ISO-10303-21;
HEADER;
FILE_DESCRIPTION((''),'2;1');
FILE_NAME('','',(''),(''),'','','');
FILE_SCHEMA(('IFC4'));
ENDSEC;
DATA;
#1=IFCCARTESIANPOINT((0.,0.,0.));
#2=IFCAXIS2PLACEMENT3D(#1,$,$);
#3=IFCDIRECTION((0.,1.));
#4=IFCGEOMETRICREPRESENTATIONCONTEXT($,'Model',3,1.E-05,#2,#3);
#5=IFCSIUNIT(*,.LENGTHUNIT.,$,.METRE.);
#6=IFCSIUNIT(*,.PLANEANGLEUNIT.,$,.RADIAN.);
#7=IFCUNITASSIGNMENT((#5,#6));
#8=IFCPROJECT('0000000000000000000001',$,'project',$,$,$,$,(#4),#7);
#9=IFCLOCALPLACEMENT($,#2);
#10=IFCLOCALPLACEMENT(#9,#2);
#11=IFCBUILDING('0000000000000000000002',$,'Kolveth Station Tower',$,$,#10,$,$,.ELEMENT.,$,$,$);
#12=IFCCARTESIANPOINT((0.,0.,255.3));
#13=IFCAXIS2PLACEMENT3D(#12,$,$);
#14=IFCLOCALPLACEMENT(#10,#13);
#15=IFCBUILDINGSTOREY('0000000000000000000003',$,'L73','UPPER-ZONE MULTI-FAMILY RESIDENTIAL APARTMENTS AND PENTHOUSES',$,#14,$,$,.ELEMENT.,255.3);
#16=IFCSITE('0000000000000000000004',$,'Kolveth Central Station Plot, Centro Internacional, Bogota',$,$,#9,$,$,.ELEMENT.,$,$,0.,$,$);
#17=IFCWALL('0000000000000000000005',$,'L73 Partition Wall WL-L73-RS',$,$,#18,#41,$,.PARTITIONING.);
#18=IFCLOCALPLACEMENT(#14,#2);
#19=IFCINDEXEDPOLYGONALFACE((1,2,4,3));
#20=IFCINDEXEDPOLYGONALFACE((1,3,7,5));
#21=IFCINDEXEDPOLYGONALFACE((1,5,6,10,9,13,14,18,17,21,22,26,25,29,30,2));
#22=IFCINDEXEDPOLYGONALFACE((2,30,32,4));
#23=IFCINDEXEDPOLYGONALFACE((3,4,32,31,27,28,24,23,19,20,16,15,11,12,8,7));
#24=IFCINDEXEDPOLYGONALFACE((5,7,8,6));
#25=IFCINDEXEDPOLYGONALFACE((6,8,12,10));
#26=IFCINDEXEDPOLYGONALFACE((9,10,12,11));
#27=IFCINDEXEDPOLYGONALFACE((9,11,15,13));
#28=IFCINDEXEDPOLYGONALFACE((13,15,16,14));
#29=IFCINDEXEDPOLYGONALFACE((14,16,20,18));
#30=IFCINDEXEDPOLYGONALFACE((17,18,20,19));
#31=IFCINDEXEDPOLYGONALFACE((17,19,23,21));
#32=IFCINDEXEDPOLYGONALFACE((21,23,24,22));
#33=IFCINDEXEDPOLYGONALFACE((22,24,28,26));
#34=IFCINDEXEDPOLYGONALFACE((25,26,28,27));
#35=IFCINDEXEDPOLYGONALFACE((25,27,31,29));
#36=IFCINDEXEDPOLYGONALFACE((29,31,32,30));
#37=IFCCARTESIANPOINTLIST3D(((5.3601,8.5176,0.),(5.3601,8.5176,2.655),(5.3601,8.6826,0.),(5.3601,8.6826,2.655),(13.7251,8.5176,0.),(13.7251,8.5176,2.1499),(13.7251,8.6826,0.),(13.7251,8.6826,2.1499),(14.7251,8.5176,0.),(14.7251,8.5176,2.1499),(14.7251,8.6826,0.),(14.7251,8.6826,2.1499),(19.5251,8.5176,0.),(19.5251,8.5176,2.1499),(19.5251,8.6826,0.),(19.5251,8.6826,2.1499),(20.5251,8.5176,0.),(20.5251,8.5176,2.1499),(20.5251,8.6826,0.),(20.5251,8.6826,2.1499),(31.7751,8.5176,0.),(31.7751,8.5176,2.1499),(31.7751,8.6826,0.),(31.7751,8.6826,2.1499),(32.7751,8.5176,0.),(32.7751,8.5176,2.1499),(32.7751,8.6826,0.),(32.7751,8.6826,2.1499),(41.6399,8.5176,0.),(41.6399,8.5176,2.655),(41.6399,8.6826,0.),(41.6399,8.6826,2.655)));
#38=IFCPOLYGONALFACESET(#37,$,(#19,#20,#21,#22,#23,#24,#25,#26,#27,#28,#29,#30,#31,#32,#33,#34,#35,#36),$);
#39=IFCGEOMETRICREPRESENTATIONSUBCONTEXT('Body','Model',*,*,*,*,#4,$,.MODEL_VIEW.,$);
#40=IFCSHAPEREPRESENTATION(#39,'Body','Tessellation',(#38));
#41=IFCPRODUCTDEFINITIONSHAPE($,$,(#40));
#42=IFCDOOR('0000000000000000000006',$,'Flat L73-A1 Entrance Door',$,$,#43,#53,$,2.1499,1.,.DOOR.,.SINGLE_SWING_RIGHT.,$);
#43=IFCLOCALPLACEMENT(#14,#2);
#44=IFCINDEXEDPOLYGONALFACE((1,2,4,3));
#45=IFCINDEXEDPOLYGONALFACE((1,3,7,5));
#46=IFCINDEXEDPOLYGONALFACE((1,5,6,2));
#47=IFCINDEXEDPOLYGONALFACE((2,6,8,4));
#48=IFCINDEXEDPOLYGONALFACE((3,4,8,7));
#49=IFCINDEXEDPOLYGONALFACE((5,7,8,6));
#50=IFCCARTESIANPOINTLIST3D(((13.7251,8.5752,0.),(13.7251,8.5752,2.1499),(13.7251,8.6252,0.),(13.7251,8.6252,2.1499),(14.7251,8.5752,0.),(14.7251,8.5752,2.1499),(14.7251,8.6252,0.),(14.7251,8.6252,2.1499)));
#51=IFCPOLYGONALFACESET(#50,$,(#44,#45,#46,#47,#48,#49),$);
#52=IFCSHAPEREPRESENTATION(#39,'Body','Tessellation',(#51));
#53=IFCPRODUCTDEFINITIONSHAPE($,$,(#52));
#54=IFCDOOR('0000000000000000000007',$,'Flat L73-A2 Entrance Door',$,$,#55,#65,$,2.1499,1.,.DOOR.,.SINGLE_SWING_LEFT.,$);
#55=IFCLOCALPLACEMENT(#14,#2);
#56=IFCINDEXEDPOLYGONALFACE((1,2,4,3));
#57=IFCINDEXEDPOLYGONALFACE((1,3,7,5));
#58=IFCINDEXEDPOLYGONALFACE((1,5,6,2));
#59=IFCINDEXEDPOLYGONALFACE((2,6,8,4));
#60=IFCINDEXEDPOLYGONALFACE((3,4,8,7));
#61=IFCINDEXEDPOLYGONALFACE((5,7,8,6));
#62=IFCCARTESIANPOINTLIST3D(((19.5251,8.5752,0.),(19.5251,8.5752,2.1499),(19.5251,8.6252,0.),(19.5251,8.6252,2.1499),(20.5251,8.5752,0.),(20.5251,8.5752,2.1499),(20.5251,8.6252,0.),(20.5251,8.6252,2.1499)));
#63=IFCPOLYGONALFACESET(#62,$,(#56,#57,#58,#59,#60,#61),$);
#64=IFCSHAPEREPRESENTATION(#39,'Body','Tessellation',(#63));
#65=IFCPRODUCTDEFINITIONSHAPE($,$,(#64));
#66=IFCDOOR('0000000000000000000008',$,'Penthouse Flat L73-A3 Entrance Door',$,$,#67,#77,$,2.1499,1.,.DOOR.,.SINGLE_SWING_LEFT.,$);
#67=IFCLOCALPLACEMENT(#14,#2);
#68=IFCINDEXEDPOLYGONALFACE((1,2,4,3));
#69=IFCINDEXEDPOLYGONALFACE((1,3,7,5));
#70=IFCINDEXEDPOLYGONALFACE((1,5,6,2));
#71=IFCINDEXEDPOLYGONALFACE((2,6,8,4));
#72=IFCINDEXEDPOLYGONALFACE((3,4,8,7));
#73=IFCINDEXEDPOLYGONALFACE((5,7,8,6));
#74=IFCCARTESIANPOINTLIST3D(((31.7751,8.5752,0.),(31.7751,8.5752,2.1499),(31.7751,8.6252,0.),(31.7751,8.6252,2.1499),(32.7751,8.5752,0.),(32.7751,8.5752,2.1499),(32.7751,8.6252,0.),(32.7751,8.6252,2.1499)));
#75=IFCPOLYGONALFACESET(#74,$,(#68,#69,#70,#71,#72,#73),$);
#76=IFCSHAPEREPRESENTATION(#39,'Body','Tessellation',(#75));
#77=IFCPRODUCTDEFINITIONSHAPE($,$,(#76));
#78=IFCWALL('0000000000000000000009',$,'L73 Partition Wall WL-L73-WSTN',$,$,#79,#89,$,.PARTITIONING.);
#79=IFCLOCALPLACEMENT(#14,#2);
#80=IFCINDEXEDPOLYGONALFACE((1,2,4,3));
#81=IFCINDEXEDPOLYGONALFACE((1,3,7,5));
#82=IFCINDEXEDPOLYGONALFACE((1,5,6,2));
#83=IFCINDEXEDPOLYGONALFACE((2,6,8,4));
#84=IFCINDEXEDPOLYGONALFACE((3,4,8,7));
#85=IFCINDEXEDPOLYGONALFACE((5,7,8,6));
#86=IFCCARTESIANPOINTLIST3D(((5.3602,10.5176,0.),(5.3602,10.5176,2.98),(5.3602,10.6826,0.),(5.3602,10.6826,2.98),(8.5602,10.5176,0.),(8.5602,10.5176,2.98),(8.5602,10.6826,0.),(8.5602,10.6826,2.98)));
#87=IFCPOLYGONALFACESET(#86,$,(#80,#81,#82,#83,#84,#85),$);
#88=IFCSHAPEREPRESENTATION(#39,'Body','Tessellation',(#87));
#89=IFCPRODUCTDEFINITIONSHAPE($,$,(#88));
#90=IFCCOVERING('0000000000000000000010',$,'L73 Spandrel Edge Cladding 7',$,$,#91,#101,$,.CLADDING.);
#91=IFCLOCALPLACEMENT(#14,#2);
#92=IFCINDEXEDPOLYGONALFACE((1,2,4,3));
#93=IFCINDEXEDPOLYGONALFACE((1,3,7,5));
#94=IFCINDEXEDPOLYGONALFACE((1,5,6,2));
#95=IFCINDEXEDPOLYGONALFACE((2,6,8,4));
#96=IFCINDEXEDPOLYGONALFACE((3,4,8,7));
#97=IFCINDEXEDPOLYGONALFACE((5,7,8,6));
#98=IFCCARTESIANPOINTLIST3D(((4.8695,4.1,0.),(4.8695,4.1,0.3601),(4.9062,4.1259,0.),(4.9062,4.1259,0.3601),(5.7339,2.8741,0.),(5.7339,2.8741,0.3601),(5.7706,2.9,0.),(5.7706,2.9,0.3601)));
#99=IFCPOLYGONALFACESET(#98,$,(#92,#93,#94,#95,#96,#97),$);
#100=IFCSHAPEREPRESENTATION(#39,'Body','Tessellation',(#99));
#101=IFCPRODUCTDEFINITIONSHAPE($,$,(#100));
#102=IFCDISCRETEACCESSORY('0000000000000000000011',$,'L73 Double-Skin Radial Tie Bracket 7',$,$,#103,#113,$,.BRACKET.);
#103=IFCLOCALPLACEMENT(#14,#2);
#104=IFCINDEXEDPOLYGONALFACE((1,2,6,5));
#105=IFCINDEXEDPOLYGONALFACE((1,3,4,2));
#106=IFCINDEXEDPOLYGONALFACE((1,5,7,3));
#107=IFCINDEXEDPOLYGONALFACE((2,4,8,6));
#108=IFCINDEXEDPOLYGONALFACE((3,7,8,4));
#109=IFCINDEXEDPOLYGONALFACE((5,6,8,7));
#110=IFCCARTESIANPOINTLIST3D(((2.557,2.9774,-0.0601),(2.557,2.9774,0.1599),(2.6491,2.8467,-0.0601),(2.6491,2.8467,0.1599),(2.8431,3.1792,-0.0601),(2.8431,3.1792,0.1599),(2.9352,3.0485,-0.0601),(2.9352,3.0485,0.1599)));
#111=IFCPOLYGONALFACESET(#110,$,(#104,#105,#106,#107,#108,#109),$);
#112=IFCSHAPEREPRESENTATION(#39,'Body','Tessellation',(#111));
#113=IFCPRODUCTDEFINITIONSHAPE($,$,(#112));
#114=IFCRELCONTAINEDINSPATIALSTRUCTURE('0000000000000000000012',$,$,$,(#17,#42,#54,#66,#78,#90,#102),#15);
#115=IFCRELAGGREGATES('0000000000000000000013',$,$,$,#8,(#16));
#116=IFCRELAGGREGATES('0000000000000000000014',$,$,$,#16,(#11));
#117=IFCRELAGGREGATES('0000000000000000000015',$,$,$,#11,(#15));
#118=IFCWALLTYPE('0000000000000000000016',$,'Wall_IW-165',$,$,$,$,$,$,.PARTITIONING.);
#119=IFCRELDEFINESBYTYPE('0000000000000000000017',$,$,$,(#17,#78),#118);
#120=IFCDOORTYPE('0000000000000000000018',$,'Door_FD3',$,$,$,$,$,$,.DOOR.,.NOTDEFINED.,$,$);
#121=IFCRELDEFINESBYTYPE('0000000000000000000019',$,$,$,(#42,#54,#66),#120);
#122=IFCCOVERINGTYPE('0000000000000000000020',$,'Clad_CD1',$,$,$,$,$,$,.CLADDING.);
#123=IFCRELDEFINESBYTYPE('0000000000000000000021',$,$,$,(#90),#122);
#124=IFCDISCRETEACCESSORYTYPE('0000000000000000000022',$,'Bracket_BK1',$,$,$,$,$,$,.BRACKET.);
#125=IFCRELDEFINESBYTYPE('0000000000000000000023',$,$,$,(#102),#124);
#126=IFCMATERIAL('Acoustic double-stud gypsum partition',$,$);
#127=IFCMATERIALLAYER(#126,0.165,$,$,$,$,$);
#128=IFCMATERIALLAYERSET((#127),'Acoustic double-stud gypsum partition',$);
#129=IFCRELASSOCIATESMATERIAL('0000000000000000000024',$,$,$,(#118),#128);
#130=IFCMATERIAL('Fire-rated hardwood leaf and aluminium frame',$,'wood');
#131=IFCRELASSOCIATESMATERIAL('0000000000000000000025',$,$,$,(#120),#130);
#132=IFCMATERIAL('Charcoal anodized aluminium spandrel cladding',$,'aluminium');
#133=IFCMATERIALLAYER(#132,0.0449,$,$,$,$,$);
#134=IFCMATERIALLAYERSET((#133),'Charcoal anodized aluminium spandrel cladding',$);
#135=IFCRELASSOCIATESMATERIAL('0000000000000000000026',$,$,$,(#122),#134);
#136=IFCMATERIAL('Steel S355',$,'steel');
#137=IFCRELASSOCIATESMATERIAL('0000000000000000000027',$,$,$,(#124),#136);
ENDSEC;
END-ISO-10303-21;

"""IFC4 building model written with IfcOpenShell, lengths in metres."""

from ifc_helpers import new_model, si_unit, direction, frame, frame_2d, origin, origin_2d, place, context, subcontext, project, spatial, rectangle, extrude, source, transform, mapped, material, layer, layer_set, type_object, element, fill, save


model = new_model("IFC4")

# Units and contexts
model_context = context("Model", 3, precision=1e-05, world=origin(), true_north=direction((0.0, 1.0)))
body_context = subcontext(model_context, "Body", "Model", "MODEL_VIEW")
ifc_project = project(units=[si_unit("LENGTHUNIT", "METRE"), si_unit("PLANEANGLEUNIT", "RADIAN")], contexts=[model_context])

# Site, building, storey
site_placement = place(None, origin())
site = spatial("IfcSite", under=ifc_project, at=site_placement, Name="Kolveth Central Station Plot, Centro Internacional, Bogota", CompositionType="ELEMENT", RefElevation=0.0)
building_placement = place(site_placement, origin())
building = spatial("IfcBuilding", under=site, at=building_placement, Name="Kolveth Station Tower", CompositionType="ELEMENT")
storey_placement = place(building_placement, frame((0.0, 0.0, 255.3)))
storey = spatial("IfcBuildingStorey", under=building, at=storey_placement, Name="L73", Description="UPPER-ZONE MULTI-FAMILY RESIDENTIAL APARTMENTS AND PENTHOUSES", CompositionType="ELEMENT", Elevation=255.3)

# Shared definitions
ifc_material_1 = material(Name="Steel S355", Category="steel")

# Wall, openings, doors
ifc_material_2 = material(Name="Acoustic double-stud gypsum partition")
ifc_layer_1 = layer(ifc_material_2, 0.165)
ifc_layer_set_1 = layer_set([ifc_layer_1], Name="Acoustic double-stud gypsum partition")
wall_type_1 = type_object("IfcWallType", Name="Wall_IW-165", PredefinedType="PARTITIONING", material=ifc_layer_set_1)
wall_1_placement = place(storey_placement, frame((5.3601, 8.6001, 0.0), z_axis=(0.0, 0.0, 1.0), x_axis=(1.0, 0.0, 0.0)))
wall_1 = element("IfcWall", 1, at=wall_1_placement, inside=storey, type_object=wall_type_1, Name="L73 Partition Wall WL-L73-RS", PredefinedType="PARTITIONING", context=body_context, shape_type="SweptSolid", body=[
    extrude(rectangle(XDim=36.2798, YDim=0.165, at=frame_2d((18.1399, 0.0))), origin(), (0.0, 0.0, 1.0), 2.655),
])
opening_1_placement = place(wall_1_placement, frame((8.365, 0.0, 0.0)))
opening_1 = element("IfcOpeningElement", 2, at=opening_1_placement, cuts=wall_1, PredefinedType="OPENING", context=body_context, shape_type="SweptSolid", body=[
    extrude(rectangle(XDim=1.0, YDim=2.1499, at=frame_2d((0.5, 1.075))), frame((0.0, 0.0925, 0.0), z_axis=(0.0, -1.0, 0.0), x_axis=(1.0, 0.0, 0.0)), (0.0, 0.0, 1.0), 0.1851),
])
opening_2_placement = place(wall_1_placement, frame((14.165, 0.0, 0.0)))
opening_2 = element("IfcOpeningElement", 3, at=opening_2_placement, cuts=wall_1, PredefinedType="OPENING", context=body_context, shape_type="SweptSolid", body=[
    extrude(rectangle(XDim=1.0, YDim=2.1499, at=frame_2d((0.5, 1.075))), frame((0.0, 0.0925, 0.0), z_axis=(0.0, -1.0, 0.0), x_axis=(1.0, 0.0, 0.0)), (0.0, 0.0, 1.0), 0.1851),
])
opening_3_placement = place(wall_1_placement, frame((26.415, 0.0, 0.0)))
opening_3 = element("IfcOpeningElement", 4, at=opening_3_placement, cuts=wall_1, PredefinedType="OPENING", context=body_context, shape_type="SweptSolid", body=[
    extrude(rectangle(XDim=1.0, YDim=2.1499, at=frame_2d((0.5, 1.075))), frame((0.0, 0.0925, 0.0), z_axis=(0.0, -1.0, 0.0), x_axis=(1.0, 0.0, 0.0)), (0.0, 0.0, 1.0), 0.1851),
])
ifc_material_3 = material(Name="Fire-rated hardwood leaf and aluminium frame", Category="wood")
door_type_1 = type_object("IfcDoorType", Name="Door_FD3", OperationType="NOTDEFINED", PredefinedType="DOOR", material=ifc_material_3)
door_1_placement = place(opening_1_placement, frame((1.0, 0.0, 0.0), z_axis=(0.0, 0.0, 1.0), x_axis=(-1.0, 0.0, 0.0)))
door_1 = element("IfcDoor", 5, at=door_1_placement, inside=storey, type_object=door_type_1, Name="Flat L73-A1 Entrance Door", OperationType="SINGLE_SWING_RIGHT", OverallHeight=2.1499, OverallWidth=1.0, PredefinedType="DOOR", context=body_context, shape_type="SweptSolid", body=[
    extrude(rectangle(XDim=1.0, YDim=2.1499, at=frame_2d((0.5, 1.075))), frame((0.0, 0.0249, 0.0), z_axis=(0.0, -1.0, 0.0), x_axis=(1.0, 0.0, 0.0)), (0.0, 0.0, 1.0), 0.05),
])
fill(opening_1, door_1)
door_2_placement = place(opening_2_placement, frame((1.0, 0.0, 0.0), z_axis=(0.0, 0.0, 1.0), x_axis=(-1.0, 0.0, 0.0)))
door_2 = element("IfcDoor", 6, at=door_2_placement, inside=storey, type_object=door_type_1, Name="Flat L73-A2 Entrance Door", OperationType="SINGLE_SWING_LEFT", OverallHeight=2.1499, OverallWidth=1.0, PredefinedType="DOOR", context=body_context, shape_type="SweptSolid", body=[
    extrude(rectangle(XDim=1.0, YDim=2.1499, at=frame_2d((0.5, 1.075))), frame((0.0, 0.0249, 0.0), z_axis=(0.0, -1.0, 0.0), x_axis=(1.0, 0.0, 0.0)), (0.0, 0.0, 1.0), 0.05),
])
fill(opening_2, door_2)
door_3_placement = place(opening_3_placement, frame((1.0, 0.0, 0.0), z_axis=(0.0, 0.0, 1.0), x_axis=(-1.0, 0.0, 0.0)))
door_3 = element("IfcDoor", 7, at=door_3_placement, inside=storey, type_object=door_type_1, Name="Penthouse Flat L73-A3 Entrance Door", OperationType="SINGLE_SWING_LEFT", OverallHeight=2.1499, OverallWidth=1.0, PredefinedType="DOOR", context=body_context, shape_type="SweptSolid", body=[
    extrude(rectangle(XDim=1.0, YDim=2.1499, at=frame_2d((0.5, 1.075))), frame((0.0, 0.0249, 0.0), z_axis=(0.0, -1.0, 0.0), x_axis=(1.0, 0.0, 0.0)), (0.0, 0.0, 1.0), 0.05),
])
fill(opening_3, door_3)

# Wall
wall_2_placement = place(storey_placement, frame((5.3601, 10.6001, 0.0), z_axis=(0.0, 0.0, 1.0), x_axis=(1.0, 0.0, 0.0)))
element("IfcWall", 8, at=wall_2_placement, inside=storey, type_object=wall_type_1, Name="L73 Partition Wall WL-L73-WSTN", PredefinedType="PARTITIONING", context=body_context, shape_type="SweptSolid", body=[
    extrude(rectangle(XDim=3.2, YDim=0.165, at=frame_2d((1.6001, 0.0))), origin(), (0.0, 0.0, 1.0), 2.98),
])

# Covering
ifc_material_4 = material(Name="Charcoal anodized aluminium spandrel cladding", Category="aluminium")
ifc_layer_2 = layer(ifc_material_4, 0.0449)
ifc_layer_set_2 = layer_set([ifc_layer_2], Name="Charcoal anodized aluminium spandrel cladding")
covering_type = type_object("IfcCoveringType", Name="Clad_CD1", PredefinedType="CLADDING", material=ifc_layer_set_2)
shared_shape_1 = source(origin(), body_context, "Body", "SweptSolid", [
    extrude(rectangle(XDim=1.5, YDim=0.0449, at=origin_2d()), origin(), (0.0, 0.0, 1.0), 0.3601),
])
covering_placement = place(storey_placement, frame((5.3201, 3.5, 0.0), z_axis=(0.0, 0.0, 1.0), x_axis=(0.57629, -0.817245, 0.0)))
element("IfcCovering", 9, at=covering_placement, inside=storey, type_object=covering_type, Name="L73 Spandrel Edge Cladding 7", PredefinedType="CLADDING", context=body_context, shape_type="MappedRepresentation", body=[
    mapped(shared_shape_1, transform((0.0, 0.0, 0.0), x_axis=(1.0, 0.0, 0.0), y_axis=(0.0, 1.0, 0.0), z_axis=(0.0, 0.0, 1.0), scale=1.0)),
])

# Discrete accessory
discrete_accessory_type = type_object("IfcDiscreteAccessoryType", Name="Bracket_BK1", PredefinedType="BRACKET", material=ifc_material_1)
shared_shape_2 = source(origin(), body_context, "Body", "SweptSolid", [
    extrude(rectangle(XDim=0.3501, YDim=0.1599, at=origin_2d()), origin(), (0.0, 0.0, 1.0), 0.22),
])
discrete_accessory_placement = place(storey_placement, frame((2.7461, 3.0129, -0.0601), z_axis=(0.0, 0.0, 1.0), x_axis=(-0.817245, -0.57629, 0.0)))
element("IfcDiscreteAccessory", 10, at=discrete_accessory_placement, inside=storey, type_object=discrete_accessory_type, Name="L73 Double-Skin Radial Tie Bracket 7", PredefinedType="BRACKET", context=body_context, shape_type="MappedRepresentation", body=[
    mapped(shared_shape_2, transform((0.0, 0.0, 0.0), x_axis=(1.0, 0.0, 0.0), y_axis=(0.0, 1.0, 0.0), z_axis=(0.0, 0.0, 1.0), scale=1.0)),
])

save(model, "model.ifc")
